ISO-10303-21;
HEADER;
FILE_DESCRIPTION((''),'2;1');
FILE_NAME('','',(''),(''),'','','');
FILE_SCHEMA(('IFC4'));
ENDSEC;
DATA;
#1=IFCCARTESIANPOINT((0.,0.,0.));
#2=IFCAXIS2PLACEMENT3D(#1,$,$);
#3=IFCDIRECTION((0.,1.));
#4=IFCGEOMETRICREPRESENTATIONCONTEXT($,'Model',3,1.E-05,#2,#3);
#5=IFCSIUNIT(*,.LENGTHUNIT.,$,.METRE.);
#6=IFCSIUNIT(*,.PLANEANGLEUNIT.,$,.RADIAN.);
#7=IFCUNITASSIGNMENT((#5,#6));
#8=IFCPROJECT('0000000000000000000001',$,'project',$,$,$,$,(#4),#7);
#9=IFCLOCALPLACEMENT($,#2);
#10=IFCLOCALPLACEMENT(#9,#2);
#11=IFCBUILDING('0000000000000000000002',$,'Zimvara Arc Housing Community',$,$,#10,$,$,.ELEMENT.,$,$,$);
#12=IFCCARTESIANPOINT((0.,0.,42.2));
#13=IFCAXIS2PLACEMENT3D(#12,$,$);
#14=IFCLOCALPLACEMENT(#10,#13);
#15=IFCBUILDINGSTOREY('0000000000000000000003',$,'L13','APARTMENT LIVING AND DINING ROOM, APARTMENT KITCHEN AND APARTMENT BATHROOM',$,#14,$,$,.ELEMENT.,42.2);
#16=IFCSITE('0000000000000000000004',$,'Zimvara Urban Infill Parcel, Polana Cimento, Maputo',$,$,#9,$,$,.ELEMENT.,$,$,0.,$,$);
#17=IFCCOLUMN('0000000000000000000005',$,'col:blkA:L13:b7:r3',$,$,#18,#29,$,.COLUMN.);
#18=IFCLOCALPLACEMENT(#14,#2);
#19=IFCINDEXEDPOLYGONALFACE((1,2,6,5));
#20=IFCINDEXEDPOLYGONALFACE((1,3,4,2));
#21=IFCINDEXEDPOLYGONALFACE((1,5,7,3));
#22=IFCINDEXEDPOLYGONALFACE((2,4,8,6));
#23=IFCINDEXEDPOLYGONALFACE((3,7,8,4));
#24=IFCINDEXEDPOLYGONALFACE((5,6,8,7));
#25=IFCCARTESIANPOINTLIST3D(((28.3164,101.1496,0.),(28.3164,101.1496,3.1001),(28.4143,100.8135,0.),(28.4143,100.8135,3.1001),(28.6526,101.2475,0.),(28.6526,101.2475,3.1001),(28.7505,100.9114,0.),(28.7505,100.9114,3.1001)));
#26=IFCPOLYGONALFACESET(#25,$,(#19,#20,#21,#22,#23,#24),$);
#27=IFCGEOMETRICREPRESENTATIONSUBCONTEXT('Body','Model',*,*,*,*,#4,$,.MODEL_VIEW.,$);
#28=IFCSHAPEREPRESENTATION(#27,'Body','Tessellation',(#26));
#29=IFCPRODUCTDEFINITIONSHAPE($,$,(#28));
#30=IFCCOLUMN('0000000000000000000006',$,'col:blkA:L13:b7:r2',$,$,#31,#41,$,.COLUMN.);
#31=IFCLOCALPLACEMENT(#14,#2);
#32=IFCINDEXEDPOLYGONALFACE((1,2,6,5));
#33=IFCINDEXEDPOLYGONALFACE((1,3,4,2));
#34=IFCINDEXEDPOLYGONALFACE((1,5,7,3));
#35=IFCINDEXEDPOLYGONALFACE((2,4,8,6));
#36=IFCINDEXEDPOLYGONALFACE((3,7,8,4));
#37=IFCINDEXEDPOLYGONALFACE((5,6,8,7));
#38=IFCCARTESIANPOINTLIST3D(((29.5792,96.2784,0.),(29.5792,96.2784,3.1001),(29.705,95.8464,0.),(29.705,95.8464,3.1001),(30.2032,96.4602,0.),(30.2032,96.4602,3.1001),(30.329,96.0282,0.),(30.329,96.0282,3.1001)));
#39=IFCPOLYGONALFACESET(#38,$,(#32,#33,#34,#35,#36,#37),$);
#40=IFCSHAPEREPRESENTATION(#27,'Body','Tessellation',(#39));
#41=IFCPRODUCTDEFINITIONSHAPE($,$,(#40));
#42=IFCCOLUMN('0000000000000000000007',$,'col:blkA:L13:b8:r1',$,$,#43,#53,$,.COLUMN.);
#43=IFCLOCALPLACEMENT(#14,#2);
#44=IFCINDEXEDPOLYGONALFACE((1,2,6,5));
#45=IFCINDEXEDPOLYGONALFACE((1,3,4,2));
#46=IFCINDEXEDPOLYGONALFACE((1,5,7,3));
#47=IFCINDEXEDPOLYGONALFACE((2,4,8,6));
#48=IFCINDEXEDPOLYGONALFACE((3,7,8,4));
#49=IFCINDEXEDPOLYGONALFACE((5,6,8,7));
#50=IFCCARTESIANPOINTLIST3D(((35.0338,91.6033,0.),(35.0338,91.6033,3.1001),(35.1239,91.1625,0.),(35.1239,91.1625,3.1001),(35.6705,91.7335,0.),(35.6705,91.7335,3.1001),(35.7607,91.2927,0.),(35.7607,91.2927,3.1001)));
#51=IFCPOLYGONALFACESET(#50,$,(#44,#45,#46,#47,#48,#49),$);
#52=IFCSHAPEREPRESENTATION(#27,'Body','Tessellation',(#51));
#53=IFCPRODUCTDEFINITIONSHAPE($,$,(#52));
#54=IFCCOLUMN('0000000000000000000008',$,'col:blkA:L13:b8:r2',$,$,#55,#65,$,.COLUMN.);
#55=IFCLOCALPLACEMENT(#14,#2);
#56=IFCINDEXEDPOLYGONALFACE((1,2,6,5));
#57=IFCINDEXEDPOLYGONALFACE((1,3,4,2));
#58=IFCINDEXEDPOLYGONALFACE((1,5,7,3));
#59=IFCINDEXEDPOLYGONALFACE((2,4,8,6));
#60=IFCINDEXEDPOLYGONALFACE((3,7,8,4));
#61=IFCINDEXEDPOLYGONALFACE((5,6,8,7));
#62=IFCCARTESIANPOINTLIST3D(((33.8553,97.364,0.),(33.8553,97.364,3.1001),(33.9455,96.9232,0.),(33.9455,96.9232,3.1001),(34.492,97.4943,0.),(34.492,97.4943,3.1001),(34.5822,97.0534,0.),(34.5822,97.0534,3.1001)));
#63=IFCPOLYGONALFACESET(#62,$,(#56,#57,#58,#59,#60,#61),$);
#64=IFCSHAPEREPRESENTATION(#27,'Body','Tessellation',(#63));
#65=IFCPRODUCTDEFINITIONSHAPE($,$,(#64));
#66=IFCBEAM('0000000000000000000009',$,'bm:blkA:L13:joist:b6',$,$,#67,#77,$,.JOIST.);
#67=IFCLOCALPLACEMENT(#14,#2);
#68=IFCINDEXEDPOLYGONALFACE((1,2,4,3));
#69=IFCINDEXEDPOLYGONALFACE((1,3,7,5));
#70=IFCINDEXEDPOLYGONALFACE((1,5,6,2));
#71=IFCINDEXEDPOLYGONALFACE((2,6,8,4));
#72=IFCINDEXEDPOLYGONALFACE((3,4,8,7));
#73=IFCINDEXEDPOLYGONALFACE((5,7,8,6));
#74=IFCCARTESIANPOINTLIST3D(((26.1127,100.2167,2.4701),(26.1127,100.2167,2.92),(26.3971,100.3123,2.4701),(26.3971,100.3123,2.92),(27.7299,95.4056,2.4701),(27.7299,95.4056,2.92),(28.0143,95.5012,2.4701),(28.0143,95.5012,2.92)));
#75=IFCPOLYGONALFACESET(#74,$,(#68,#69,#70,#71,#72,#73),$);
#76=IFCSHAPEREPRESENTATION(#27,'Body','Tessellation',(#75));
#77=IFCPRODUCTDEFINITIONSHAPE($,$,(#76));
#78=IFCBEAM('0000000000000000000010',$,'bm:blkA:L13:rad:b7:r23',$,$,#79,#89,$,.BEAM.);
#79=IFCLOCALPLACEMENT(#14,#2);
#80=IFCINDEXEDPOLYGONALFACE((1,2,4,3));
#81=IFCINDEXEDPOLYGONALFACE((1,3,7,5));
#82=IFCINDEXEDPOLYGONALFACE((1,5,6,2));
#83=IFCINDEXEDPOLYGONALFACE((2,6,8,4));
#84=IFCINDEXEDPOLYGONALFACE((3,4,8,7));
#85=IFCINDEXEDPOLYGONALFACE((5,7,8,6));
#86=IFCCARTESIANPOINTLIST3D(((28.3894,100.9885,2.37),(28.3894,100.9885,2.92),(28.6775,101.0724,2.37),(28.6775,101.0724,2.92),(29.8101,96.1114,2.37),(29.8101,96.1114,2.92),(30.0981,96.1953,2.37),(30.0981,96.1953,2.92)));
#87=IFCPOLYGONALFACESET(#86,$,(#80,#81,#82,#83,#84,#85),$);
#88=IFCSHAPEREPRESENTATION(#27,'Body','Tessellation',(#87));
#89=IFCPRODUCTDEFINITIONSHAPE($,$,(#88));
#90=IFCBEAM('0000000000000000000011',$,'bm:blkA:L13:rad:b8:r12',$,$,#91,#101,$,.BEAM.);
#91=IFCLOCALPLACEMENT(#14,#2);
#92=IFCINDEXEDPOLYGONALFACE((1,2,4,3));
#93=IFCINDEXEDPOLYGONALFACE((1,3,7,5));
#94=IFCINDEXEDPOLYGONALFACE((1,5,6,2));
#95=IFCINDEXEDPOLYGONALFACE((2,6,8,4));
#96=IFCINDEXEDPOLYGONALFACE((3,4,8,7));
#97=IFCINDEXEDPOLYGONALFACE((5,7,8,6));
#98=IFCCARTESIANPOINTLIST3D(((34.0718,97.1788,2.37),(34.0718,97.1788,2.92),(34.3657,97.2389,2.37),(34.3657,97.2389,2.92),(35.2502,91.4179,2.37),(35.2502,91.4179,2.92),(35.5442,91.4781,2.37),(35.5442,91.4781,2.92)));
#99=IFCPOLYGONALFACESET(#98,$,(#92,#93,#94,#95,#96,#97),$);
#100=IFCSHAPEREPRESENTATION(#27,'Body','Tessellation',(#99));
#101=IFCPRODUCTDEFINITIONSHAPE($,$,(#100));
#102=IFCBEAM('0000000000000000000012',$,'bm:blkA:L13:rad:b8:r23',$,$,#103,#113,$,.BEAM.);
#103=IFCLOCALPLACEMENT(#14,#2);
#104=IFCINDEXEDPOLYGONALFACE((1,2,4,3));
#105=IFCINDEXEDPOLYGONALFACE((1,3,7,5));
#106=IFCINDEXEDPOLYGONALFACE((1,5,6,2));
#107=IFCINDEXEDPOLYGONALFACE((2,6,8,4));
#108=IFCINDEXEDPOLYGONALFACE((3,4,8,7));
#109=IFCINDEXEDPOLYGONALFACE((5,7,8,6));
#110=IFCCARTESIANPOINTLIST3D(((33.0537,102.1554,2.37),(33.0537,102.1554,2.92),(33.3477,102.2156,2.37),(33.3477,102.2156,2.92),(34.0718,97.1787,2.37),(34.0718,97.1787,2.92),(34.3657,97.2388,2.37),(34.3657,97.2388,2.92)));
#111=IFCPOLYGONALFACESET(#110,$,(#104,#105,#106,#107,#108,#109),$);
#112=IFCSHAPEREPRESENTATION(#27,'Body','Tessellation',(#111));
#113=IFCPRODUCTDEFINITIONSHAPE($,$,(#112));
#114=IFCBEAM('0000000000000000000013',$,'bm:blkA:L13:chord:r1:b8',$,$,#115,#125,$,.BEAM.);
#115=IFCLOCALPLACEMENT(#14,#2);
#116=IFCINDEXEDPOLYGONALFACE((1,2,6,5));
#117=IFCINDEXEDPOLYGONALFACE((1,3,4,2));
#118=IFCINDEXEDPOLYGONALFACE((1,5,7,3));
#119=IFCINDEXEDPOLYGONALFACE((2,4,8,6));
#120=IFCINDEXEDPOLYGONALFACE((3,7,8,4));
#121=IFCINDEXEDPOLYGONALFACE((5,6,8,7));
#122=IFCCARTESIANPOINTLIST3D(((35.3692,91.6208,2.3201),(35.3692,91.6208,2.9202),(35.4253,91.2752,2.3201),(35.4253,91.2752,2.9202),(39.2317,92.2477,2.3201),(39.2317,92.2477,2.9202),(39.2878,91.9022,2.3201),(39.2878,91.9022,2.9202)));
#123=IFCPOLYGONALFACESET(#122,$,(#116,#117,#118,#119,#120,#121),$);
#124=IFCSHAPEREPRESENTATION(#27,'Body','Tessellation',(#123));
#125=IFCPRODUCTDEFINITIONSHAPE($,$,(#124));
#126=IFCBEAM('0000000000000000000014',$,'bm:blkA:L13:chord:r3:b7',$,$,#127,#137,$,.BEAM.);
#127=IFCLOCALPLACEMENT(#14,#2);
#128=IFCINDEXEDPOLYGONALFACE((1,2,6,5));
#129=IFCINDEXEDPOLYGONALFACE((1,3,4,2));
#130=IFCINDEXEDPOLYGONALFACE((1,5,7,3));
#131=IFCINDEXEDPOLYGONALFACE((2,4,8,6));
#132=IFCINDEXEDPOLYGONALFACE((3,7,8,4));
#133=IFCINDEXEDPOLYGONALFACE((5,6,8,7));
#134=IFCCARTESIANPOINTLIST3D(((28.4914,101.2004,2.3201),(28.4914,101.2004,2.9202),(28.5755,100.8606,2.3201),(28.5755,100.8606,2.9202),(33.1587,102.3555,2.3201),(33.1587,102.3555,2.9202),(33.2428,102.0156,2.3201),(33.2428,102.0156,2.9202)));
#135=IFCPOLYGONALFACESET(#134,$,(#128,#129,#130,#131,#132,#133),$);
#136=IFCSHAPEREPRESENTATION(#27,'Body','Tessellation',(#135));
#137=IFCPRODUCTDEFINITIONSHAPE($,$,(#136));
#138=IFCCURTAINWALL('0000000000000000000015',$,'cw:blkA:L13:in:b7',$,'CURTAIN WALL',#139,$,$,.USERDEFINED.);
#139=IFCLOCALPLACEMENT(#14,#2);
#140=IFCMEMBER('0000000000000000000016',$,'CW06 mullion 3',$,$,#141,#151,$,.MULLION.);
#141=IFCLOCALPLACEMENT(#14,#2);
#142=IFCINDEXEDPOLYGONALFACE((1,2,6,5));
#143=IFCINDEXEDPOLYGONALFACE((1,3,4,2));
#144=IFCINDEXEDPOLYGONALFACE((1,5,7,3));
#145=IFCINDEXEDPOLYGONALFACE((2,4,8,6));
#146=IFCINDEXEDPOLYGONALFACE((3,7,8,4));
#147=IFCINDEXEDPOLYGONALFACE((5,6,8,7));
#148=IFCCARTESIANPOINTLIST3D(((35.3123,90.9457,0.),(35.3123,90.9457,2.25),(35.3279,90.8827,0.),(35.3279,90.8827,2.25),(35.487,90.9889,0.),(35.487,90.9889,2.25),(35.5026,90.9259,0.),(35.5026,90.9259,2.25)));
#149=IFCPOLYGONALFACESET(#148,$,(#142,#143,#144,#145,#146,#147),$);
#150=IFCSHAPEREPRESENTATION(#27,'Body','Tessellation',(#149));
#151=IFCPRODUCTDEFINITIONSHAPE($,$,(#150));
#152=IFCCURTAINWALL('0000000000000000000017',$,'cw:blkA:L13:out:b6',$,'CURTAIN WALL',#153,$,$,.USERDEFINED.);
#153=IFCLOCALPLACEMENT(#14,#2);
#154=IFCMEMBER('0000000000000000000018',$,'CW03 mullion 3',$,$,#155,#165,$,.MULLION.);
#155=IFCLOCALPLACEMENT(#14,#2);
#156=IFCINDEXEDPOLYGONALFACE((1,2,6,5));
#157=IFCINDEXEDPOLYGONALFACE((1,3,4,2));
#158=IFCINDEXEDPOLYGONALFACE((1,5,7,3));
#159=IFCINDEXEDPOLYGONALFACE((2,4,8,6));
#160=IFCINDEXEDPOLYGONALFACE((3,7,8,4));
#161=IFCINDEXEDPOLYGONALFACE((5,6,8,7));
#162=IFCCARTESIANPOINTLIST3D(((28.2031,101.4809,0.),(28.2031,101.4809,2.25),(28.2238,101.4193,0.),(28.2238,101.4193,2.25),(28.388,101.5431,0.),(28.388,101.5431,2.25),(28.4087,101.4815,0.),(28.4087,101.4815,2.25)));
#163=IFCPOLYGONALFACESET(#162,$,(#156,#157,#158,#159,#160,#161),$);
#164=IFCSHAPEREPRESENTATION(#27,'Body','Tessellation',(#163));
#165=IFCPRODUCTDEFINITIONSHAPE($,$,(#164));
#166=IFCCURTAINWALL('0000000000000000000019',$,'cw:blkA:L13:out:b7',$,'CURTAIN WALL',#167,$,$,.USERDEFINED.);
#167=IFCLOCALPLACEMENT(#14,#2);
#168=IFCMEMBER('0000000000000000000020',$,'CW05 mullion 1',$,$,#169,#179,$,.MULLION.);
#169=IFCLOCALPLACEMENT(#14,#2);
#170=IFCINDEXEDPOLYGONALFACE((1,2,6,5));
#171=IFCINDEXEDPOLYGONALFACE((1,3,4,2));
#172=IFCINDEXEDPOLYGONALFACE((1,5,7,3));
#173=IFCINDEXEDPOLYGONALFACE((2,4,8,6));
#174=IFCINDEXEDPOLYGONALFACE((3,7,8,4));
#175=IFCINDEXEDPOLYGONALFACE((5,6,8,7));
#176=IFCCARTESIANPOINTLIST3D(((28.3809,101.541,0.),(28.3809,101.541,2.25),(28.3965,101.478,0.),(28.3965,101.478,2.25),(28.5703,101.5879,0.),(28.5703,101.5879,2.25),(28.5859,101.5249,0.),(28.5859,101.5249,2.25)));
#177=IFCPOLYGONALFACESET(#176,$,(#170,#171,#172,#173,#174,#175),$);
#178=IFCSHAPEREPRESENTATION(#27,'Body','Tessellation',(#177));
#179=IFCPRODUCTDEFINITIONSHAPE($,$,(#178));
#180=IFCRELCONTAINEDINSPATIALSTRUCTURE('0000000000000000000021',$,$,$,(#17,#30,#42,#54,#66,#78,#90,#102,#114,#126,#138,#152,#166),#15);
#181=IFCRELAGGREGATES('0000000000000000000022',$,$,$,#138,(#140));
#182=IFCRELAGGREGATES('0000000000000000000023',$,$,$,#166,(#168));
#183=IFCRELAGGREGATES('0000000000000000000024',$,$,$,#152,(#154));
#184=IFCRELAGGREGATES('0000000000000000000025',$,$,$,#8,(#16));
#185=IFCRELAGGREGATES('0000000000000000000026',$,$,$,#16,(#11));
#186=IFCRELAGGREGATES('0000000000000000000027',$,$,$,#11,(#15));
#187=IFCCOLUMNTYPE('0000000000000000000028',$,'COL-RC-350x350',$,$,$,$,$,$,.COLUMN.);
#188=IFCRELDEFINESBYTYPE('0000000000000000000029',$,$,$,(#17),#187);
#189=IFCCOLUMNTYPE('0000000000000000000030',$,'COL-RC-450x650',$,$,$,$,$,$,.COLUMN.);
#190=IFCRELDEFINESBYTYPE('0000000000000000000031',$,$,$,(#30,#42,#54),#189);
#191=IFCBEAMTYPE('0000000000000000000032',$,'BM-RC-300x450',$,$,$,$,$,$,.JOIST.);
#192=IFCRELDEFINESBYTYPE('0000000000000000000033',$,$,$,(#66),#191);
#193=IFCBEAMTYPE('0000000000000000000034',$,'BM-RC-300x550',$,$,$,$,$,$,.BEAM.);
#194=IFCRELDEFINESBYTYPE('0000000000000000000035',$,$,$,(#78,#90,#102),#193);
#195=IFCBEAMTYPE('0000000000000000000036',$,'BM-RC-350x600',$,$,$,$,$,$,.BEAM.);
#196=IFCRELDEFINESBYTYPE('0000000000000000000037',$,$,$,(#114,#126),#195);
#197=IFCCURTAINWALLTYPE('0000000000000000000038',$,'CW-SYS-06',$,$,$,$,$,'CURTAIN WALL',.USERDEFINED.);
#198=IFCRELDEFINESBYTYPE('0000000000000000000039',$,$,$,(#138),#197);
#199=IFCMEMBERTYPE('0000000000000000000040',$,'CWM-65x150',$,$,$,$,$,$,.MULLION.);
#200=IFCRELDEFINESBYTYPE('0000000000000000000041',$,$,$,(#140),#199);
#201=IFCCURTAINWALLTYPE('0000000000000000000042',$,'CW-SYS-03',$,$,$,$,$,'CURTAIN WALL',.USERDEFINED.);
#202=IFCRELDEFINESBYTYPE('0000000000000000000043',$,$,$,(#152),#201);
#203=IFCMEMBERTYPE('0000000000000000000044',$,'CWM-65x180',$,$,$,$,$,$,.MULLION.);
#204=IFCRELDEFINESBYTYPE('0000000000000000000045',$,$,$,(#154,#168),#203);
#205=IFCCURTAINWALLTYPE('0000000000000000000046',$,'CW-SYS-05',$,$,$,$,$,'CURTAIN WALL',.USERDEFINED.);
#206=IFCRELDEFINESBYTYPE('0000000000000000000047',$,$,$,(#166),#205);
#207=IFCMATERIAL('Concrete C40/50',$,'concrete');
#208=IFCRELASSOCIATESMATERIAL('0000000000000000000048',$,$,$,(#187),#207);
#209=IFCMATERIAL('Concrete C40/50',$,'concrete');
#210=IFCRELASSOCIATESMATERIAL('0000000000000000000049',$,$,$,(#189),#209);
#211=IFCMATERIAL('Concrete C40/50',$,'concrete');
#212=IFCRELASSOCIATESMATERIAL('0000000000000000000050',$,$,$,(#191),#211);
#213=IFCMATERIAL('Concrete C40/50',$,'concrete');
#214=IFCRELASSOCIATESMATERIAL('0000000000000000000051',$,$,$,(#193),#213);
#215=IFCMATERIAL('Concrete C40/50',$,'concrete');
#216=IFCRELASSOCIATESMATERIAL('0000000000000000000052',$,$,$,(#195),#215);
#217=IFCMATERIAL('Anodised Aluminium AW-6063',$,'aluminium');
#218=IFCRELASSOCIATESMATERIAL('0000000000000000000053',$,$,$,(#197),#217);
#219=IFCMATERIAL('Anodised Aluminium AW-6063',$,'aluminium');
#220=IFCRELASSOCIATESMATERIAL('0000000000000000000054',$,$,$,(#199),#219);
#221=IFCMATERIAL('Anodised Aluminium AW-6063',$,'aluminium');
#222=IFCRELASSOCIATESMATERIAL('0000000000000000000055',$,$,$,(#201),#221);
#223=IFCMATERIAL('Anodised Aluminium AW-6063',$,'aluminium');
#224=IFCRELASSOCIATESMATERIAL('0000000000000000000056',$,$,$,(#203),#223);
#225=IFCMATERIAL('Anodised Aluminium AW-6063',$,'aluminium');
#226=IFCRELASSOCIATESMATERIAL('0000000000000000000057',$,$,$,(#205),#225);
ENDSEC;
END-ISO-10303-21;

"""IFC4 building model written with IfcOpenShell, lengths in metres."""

from ifc_helpers import new_model, si_unit, direction, frame, origin, origin_2d, place, context, subcontext, project, spatial, rectangle, extrude, material, material_profile, profile_set, type_object, element, aggregate, save


model = new_model("IFC4")

# Units and contexts
model_context = context("Model", 3, precision=1e-05, world=origin(), true_north=direction((0.0, 1.0)))
body_context = subcontext(model_context, "Body", "Model", "MODEL_VIEW")
ifc_project = project(units=[si_unit("LENGTHUNIT", "METRE"), si_unit("PLANEANGLEUNIT", "RADIAN")], contexts=[model_context])

# Site, building, storey
site_placement = place(None, origin())
site = spatial("IfcSite", under=ifc_project, at=site_placement, Name="Zimvara Urban Infill Parcel, Polana Cimento, Maputo", CompositionType="ELEMENT", RefElevation=0.0)
building_placement = place(site_placement, origin())
building = spatial("IfcBuilding", under=site, at=building_placement, Name="Zimvara Arc Housing Community", CompositionType="ELEMENT")
storey_placement = place(building_placement, frame((0.0, 0.0, 42.2)))
storey = spatial("IfcBuildingStorey", under=building, at=storey_placement, Name="L13", Description="APARTMENT LIVING AND DINING ROOM, APARTMENT KITCHEN AND APARTMENT BATHROOM", CompositionType="ELEMENT", Elevation=42.2)

# Columns
ifc_material_1 = material(Name="Concrete C40/50", Category="concrete")
ifc_material_profile_1 = material_profile(ifc_material_1, rectangle(XDim=0.3501, YDim=0.3501, at=origin_2d()), Name="RC 350x350")
ifc_profile_set_1 = profile_set([ifc_material_profile_1], Name="Concrete C40/50")
column_type_1 = type_object("IfcColumnType", Name="COL-RC-350x350", PredefinedType="COLUMN", material=ifc_profile_set_1)
column_placement = place(storey_placement, frame((28.5334, 101.0305, 0.0), z_axis=(0.0, 0.0, 1.0), x_axis=(-0.279661, 0.960099, 0.0)))
element("IfcColumn", 1, at=column_placement, inside=storey, type_object=column_type_1, Name="col:blkA:L13:b7:r3", PredefinedType="COLUMN", context=body_context, shape_type="SweptSolid", body=[
    extrude(rectangle(XDim=0.3501, YDim=0.3501, at=origin_2d()), origin(), (0.0, 0.0, 1.0), 3.1001),
])
ifc_material_2 = material(Name="Concrete C40/50", Category="concrete")
ifc_material_profile_2 = material_profile(ifc_material_2, rectangle(XDim=0.45, YDim=0.6499, at=origin_2d()), Name="RC 450x650")
ifc_profile_set_2 = profile_set([ifc_material_profile_2], Name="Concrete C40/50")
column_type_2 = type_object("IfcColumnType", Name="COL-RC-450x650", PredefinedType="COLUMN", material=ifc_profile_set_2)
for number, where, z_axis, x_axis, name in (
    (2, (29.9541, 96.1533, 0.0), (0.0, 0.0, 1.0), (-0.279661, 0.960099, 0.0), "col:blkA:L13:b7:r2"),
    (3, (35.3972, 91.448, 0.0), (0.0, 0.0, 1.0), (-0.200394, 0.979715, 0.0), "col:blkA:L13:b8:r1"),
    (4, (34.2188, 97.2087, 0.0), (0.0, 0.0, 1.0), (-0.200394, 0.979715, 0.0), "col:blkA:L13:b8:r2"),
):
    element("IfcColumn", number, at=place(storey_placement, frame(where, z_axis=z_axis, x_axis=x_axis)), inside=storey, type_object=column_type_2, Name=name, PredefinedType="COLUMN", context=body_context, shape_type="SweptSolid", body=[
        extrude(rectangle(XDim=0.45, YDim=0.6499, at=origin_2d()), origin(), (0.0, 0.0, 1.0), 3.1001),
    ])

# Beams
ifc_material_3 = material(Name="Concrete C40/50", Category="concrete")
ifc_material_profile_3 = material_profile(ifc_material_3, rectangle(XDim=0.3, YDim=0.45, at=origin_2d()), Name="RC 300x450")
ifc_profile_set_3 = profile_set([ifc_material_profile_3], Name="Concrete C40/50")
beam_type_1 = type_object("IfcBeamType", Name="BM-RC-300x450", PredefinedType="JOIST", material=ifc_profile_set_3)
beam_1_placement = place(storey_placement, frame((27.8721, 95.4534, 2.6951), z_axis=(-0.318608, 0.947887, 0.0), x_axis=(-0.947887, -0.318608, 0.0)))
element("IfcBeam", 5, at=beam_1_placement, inside=storey, type_object=beam_type_1, Name="bm:blkA:L13:joist:b6", PredefinedType="JOIST", context=body_context, shape_type="SweptSolid", body=[
    extrude(rectangle(XDim=0.3, YDim=0.45, at=origin_2d()), origin(), (0.0, 0.0, 1.0), 5.0757),
])
ifc_material_4 = material(Name="Concrete C40/50", Category="concrete")
ifc_material_profile_4 = material_profile(ifc_material_4, rectangle(XDim=0.3, YDim=0.55, at=origin_2d()), Name="RC 300x550")
ifc_profile_set_4 = profile_set([ifc_material_profile_4], Name="Concrete C40/50")
beam_type_2 = type_object("IfcBeamType", Name="BM-RC-300x550", PredefinedType="BEAM", material=ifc_profile_set_4)
beam_2_placement = place(storey_placement, frame((29.9541, 96.1533, 2.645), z_axis=(-0.279662, 0.960098, 0.0), x_axis=(-0.960098, -0.279662, 0.0)))
element("IfcBeam", 6, at=beam_2_placement, inside=storey, type_object=beam_type_2, Name="bm:blkA:L13:rad:b7:r23", PredefinedType="BEAM", context=body_context, shape_type="SweptSolid", body=[
    extrude(rectangle(XDim=0.3, YDim=0.55, at=origin_2d()), origin(), (0.0, 0.0, 1.0), 5.0798),
])
beam_3_placement = place(storey_placement, frame((35.3972, 91.448, 2.645), z_axis=(-0.200418, 0.97971, 0.0), x_axis=(-0.97971, -0.200418, 0.0)))
element("IfcBeam", 7, at=beam_3_placement, inside=storey, type_object=beam_type_2, Name="bm:blkA:L13:rad:b8:r12", PredefinedType="BEAM", context=body_context, shape_type="SweptSolid", body=[
    extrude(rectangle(XDim=0.3, YDim=0.55, at=origin_2d()), origin(), (0.0, 0.0, 1.0), 5.8801),
])
beam_4_placement = place(storey_placement, frame((34.2188, 97.2087, 2.645), z_axis=(-0.200412, 0.979712, 0.0), x_axis=(-0.979712, -0.200412, 0.0)))
element("IfcBeam", 8, at=beam_4_placement, inside=storey, type_object=beam_type_2, Name="bm:blkA:L13:rad:b8:r23", PredefinedType="BEAM", context=body_context, shape_type="SweptSolid", body=[
    extrude(rectangle(XDim=0.3, YDim=0.55, at=origin_2d()), origin(), (0.0, 0.0, 1.0), 5.0798),
])
ifc_material_5 = material(Name="Concrete C40/50", Category="concrete")
ifc_material_profile_5 = material_profile(ifc_material_5, rectangle(XDim=0.3501, YDim=0.6001, at=origin_2d()), Name="RC 350x600")
ifc_profile_set_5 = profile_set([ifc_material_profile_5], Name="Concrete C40/50")
beam_type_3 = type_object("IfcBeamType", Name="BM-RC-350x600", PredefinedType="BEAM", material=ifc_profile_set_5)
beam_5_placement = place(storey_placement, frame((35.3972, 91.448, 2.6201), z_axis=(0.987081, 0.160219, 0.0), x_axis=(-0.160219, 0.987081, 0.0)))
element("IfcBeam", 9, at=beam_5_placement, inside=storey, type_object=beam_type_3, Name="bm:blkA:L13:chord:r1:b8", PredefinedType="BEAM", context=body_context, shape_type="SweptSolid", body=[
    extrude(rectangle(XDim=0.3501, YDim=0.6001, at=origin_2d()), origin(), (0.0, 0.0, 1.0), 3.9131),
])
beam_6_placement = place(storey_placement, frame((28.5334, 101.0305, 2.6201), z_axis=(0.970716, 0.240229, 0.0), x_axis=(-0.240229, 0.970716, 0.0)))
element("IfcBeam", 10, at=beam_6_placement, inside=storey, type_object=beam_type_3, Name="bm:blkA:L13:chord:r3:b7", PredefinedType="BEAM", context=body_context, shape_type="SweptSolid", body=[
    extrude(rectangle(XDim=0.3501, YDim=0.6001, at=origin_2d()), origin(), (0.0, 0.0, 1.0), 4.8081),
])

# Curtain walls, members
ifc_material_6 = material(Name="Anodised Aluminium AW-6063", Category="aluminium")
curtain_wall_type_1 = type_object("IfcCurtainWallType", Name="CW-SYS-06", ElementType="CURTAIN WALL", PredefinedType="USERDEFINED", material=ifc_material_6)
curtain_wall_1_placement = place(storey_placement, origin())
curtain_wall_1 = element("IfcCurtainWall", 11, at=curtain_wall_1_placement, inside=storey, type_object=curtain_wall_type_1, Name="cw:blkA:L13:in:b7", ObjectType="CURTAIN WALL", PredefinedType="USERDEFINED")
ifc_material_7 = material(Name="Anodised Aluminium AW-6063", Category="aluminium")
ifc_material_profile_6 = material_profile(ifc_material_7, rectangle(XDim=0.0649, YDim=0.1799, at=origin_2d()), Name="ALU 65x180")
ifc_profile_set_6 = profile_set([ifc_material_profile_6], Name="Anodised Aluminium AW-6063")
member_type_1 = type_object("IfcMemberType", Name="CWM-65x150", PredefinedType="MULLION", material=ifc_profile_set_6)
member_1_placement = place(storey_placement, frame((35.4075, 90.9358, 0.0), z_axis=(0.0, 0.0, 1.0), x_axis=(-0.240229, 0.970716, 0.0)))
member_1 = element("IfcMember", 12, at=member_1_placement, type_object=member_type_1, Name="CW06 mullion 3", PredefinedType="MULLION", context=body_context, shape_type="SweptSolid", body=[
    extrude(rectangle(XDim=0.0649, YDim=0.1799, at=origin_2d()), origin(), (0.0, 0.0, 1.0), 2.25),
])
aggregate(curtain_wall_1, [member_1])
ifc_material_8 = material(Name="Anodised Aluminium AW-6063", Category="aluminium")
curtain_wall_type_2 = type_object("IfcCurtainWallType", Name="CW-SYS-03", ElementType="CURTAIN WALL", PredefinedType="USERDEFINED", material=ifc_material_8)
curtain_wall_2_placement = place(storey_placement, origin())
curtain_wall_2 = element("IfcCurtainWall", 13, at=curtain_wall_2_placement, inside=storey, type_object=curtain_wall_type_2, Name="cw:blkA:L13:out:b6", ObjectType="CURTAIN WALL", PredefinedType="USERDEFINED")
ifc_material_9 = material(Name="Anodised Aluminium AW-6063", Category="aluminium")
ifc_material_profile_7 = material_profile(ifc_material_9, rectangle(XDim=0.0649, YDim=0.1951, at=origin_2d()), Name="ALU 65x195")
ifc_profile_set_7 = profile_set([ifc_material_profile_7], Name="Anodised Aluminium AW-6063")
member_type_2 = type_object("IfcMemberType", Name="CWM-65x180", PredefinedType="MULLION", material=ifc_profile_set_7)
member_2_placement = place(storey_placement, frame((28.3059, 101.4812, 0.0), z_axis=(0.0, 0.0, 1.0), x_axis=(-0.318629, 0.94788, 0.0)))
member_2 = element("IfcMember", 14, at=member_2_placement, type_object=member_type_2, Name="CW03 mullion 3", PredefinedType="MULLION", context=body_context, shape_type="SweptSolid", body=[
    extrude(rectangle(XDim=0.0649, YDim=0.1951, at=origin_2d()), origin(), (0.0, 0.0, 1.0), 2.25),
])
ifc_material_10 = material(Name="Anodised Aluminium AW-6063", Category="aluminium")
curtain_wall_type_3 = type_object("IfcCurtainWallType", Name="CW-SYS-05", ElementType="CURTAIN WALL", PredefinedType="USERDEFINED", material=ifc_material_10)
curtain_wall_3_placement = place(storey_placement, origin())
curtain_wall_3 = element("IfcCurtainWall", 15, at=curtain_wall_3_placement, inside=storey, type_object=curtain_wall_type_3, Name="cw:blkA:L13:out:b7", ObjectType="CURTAIN WALL", PredefinedType="USERDEFINED")
member_3_placement = place(storey_placement, frame((28.4834, 101.533, 0.0), z_axis=(0.0, 0.0, 1.0), x_axis=(-0.24023, 0.970716, 0.0)))
member_3 = element("IfcMember", 16, at=member_3_placement, type_object=member_type_2, Name="CW05 mullion 1", PredefinedType="MULLION", context=body_context, shape_type="SweptSolid", body=[
    extrude(rectangle(XDim=0.0649, YDim=0.1951, at=origin_2d()), origin(), (0.0, 0.0, 1.0), 2.25),
])
aggregate(curtain_wall_3, [member_3])

aggregate(curtain_wall_2, [member_2])

save(model, "model.ifc")
